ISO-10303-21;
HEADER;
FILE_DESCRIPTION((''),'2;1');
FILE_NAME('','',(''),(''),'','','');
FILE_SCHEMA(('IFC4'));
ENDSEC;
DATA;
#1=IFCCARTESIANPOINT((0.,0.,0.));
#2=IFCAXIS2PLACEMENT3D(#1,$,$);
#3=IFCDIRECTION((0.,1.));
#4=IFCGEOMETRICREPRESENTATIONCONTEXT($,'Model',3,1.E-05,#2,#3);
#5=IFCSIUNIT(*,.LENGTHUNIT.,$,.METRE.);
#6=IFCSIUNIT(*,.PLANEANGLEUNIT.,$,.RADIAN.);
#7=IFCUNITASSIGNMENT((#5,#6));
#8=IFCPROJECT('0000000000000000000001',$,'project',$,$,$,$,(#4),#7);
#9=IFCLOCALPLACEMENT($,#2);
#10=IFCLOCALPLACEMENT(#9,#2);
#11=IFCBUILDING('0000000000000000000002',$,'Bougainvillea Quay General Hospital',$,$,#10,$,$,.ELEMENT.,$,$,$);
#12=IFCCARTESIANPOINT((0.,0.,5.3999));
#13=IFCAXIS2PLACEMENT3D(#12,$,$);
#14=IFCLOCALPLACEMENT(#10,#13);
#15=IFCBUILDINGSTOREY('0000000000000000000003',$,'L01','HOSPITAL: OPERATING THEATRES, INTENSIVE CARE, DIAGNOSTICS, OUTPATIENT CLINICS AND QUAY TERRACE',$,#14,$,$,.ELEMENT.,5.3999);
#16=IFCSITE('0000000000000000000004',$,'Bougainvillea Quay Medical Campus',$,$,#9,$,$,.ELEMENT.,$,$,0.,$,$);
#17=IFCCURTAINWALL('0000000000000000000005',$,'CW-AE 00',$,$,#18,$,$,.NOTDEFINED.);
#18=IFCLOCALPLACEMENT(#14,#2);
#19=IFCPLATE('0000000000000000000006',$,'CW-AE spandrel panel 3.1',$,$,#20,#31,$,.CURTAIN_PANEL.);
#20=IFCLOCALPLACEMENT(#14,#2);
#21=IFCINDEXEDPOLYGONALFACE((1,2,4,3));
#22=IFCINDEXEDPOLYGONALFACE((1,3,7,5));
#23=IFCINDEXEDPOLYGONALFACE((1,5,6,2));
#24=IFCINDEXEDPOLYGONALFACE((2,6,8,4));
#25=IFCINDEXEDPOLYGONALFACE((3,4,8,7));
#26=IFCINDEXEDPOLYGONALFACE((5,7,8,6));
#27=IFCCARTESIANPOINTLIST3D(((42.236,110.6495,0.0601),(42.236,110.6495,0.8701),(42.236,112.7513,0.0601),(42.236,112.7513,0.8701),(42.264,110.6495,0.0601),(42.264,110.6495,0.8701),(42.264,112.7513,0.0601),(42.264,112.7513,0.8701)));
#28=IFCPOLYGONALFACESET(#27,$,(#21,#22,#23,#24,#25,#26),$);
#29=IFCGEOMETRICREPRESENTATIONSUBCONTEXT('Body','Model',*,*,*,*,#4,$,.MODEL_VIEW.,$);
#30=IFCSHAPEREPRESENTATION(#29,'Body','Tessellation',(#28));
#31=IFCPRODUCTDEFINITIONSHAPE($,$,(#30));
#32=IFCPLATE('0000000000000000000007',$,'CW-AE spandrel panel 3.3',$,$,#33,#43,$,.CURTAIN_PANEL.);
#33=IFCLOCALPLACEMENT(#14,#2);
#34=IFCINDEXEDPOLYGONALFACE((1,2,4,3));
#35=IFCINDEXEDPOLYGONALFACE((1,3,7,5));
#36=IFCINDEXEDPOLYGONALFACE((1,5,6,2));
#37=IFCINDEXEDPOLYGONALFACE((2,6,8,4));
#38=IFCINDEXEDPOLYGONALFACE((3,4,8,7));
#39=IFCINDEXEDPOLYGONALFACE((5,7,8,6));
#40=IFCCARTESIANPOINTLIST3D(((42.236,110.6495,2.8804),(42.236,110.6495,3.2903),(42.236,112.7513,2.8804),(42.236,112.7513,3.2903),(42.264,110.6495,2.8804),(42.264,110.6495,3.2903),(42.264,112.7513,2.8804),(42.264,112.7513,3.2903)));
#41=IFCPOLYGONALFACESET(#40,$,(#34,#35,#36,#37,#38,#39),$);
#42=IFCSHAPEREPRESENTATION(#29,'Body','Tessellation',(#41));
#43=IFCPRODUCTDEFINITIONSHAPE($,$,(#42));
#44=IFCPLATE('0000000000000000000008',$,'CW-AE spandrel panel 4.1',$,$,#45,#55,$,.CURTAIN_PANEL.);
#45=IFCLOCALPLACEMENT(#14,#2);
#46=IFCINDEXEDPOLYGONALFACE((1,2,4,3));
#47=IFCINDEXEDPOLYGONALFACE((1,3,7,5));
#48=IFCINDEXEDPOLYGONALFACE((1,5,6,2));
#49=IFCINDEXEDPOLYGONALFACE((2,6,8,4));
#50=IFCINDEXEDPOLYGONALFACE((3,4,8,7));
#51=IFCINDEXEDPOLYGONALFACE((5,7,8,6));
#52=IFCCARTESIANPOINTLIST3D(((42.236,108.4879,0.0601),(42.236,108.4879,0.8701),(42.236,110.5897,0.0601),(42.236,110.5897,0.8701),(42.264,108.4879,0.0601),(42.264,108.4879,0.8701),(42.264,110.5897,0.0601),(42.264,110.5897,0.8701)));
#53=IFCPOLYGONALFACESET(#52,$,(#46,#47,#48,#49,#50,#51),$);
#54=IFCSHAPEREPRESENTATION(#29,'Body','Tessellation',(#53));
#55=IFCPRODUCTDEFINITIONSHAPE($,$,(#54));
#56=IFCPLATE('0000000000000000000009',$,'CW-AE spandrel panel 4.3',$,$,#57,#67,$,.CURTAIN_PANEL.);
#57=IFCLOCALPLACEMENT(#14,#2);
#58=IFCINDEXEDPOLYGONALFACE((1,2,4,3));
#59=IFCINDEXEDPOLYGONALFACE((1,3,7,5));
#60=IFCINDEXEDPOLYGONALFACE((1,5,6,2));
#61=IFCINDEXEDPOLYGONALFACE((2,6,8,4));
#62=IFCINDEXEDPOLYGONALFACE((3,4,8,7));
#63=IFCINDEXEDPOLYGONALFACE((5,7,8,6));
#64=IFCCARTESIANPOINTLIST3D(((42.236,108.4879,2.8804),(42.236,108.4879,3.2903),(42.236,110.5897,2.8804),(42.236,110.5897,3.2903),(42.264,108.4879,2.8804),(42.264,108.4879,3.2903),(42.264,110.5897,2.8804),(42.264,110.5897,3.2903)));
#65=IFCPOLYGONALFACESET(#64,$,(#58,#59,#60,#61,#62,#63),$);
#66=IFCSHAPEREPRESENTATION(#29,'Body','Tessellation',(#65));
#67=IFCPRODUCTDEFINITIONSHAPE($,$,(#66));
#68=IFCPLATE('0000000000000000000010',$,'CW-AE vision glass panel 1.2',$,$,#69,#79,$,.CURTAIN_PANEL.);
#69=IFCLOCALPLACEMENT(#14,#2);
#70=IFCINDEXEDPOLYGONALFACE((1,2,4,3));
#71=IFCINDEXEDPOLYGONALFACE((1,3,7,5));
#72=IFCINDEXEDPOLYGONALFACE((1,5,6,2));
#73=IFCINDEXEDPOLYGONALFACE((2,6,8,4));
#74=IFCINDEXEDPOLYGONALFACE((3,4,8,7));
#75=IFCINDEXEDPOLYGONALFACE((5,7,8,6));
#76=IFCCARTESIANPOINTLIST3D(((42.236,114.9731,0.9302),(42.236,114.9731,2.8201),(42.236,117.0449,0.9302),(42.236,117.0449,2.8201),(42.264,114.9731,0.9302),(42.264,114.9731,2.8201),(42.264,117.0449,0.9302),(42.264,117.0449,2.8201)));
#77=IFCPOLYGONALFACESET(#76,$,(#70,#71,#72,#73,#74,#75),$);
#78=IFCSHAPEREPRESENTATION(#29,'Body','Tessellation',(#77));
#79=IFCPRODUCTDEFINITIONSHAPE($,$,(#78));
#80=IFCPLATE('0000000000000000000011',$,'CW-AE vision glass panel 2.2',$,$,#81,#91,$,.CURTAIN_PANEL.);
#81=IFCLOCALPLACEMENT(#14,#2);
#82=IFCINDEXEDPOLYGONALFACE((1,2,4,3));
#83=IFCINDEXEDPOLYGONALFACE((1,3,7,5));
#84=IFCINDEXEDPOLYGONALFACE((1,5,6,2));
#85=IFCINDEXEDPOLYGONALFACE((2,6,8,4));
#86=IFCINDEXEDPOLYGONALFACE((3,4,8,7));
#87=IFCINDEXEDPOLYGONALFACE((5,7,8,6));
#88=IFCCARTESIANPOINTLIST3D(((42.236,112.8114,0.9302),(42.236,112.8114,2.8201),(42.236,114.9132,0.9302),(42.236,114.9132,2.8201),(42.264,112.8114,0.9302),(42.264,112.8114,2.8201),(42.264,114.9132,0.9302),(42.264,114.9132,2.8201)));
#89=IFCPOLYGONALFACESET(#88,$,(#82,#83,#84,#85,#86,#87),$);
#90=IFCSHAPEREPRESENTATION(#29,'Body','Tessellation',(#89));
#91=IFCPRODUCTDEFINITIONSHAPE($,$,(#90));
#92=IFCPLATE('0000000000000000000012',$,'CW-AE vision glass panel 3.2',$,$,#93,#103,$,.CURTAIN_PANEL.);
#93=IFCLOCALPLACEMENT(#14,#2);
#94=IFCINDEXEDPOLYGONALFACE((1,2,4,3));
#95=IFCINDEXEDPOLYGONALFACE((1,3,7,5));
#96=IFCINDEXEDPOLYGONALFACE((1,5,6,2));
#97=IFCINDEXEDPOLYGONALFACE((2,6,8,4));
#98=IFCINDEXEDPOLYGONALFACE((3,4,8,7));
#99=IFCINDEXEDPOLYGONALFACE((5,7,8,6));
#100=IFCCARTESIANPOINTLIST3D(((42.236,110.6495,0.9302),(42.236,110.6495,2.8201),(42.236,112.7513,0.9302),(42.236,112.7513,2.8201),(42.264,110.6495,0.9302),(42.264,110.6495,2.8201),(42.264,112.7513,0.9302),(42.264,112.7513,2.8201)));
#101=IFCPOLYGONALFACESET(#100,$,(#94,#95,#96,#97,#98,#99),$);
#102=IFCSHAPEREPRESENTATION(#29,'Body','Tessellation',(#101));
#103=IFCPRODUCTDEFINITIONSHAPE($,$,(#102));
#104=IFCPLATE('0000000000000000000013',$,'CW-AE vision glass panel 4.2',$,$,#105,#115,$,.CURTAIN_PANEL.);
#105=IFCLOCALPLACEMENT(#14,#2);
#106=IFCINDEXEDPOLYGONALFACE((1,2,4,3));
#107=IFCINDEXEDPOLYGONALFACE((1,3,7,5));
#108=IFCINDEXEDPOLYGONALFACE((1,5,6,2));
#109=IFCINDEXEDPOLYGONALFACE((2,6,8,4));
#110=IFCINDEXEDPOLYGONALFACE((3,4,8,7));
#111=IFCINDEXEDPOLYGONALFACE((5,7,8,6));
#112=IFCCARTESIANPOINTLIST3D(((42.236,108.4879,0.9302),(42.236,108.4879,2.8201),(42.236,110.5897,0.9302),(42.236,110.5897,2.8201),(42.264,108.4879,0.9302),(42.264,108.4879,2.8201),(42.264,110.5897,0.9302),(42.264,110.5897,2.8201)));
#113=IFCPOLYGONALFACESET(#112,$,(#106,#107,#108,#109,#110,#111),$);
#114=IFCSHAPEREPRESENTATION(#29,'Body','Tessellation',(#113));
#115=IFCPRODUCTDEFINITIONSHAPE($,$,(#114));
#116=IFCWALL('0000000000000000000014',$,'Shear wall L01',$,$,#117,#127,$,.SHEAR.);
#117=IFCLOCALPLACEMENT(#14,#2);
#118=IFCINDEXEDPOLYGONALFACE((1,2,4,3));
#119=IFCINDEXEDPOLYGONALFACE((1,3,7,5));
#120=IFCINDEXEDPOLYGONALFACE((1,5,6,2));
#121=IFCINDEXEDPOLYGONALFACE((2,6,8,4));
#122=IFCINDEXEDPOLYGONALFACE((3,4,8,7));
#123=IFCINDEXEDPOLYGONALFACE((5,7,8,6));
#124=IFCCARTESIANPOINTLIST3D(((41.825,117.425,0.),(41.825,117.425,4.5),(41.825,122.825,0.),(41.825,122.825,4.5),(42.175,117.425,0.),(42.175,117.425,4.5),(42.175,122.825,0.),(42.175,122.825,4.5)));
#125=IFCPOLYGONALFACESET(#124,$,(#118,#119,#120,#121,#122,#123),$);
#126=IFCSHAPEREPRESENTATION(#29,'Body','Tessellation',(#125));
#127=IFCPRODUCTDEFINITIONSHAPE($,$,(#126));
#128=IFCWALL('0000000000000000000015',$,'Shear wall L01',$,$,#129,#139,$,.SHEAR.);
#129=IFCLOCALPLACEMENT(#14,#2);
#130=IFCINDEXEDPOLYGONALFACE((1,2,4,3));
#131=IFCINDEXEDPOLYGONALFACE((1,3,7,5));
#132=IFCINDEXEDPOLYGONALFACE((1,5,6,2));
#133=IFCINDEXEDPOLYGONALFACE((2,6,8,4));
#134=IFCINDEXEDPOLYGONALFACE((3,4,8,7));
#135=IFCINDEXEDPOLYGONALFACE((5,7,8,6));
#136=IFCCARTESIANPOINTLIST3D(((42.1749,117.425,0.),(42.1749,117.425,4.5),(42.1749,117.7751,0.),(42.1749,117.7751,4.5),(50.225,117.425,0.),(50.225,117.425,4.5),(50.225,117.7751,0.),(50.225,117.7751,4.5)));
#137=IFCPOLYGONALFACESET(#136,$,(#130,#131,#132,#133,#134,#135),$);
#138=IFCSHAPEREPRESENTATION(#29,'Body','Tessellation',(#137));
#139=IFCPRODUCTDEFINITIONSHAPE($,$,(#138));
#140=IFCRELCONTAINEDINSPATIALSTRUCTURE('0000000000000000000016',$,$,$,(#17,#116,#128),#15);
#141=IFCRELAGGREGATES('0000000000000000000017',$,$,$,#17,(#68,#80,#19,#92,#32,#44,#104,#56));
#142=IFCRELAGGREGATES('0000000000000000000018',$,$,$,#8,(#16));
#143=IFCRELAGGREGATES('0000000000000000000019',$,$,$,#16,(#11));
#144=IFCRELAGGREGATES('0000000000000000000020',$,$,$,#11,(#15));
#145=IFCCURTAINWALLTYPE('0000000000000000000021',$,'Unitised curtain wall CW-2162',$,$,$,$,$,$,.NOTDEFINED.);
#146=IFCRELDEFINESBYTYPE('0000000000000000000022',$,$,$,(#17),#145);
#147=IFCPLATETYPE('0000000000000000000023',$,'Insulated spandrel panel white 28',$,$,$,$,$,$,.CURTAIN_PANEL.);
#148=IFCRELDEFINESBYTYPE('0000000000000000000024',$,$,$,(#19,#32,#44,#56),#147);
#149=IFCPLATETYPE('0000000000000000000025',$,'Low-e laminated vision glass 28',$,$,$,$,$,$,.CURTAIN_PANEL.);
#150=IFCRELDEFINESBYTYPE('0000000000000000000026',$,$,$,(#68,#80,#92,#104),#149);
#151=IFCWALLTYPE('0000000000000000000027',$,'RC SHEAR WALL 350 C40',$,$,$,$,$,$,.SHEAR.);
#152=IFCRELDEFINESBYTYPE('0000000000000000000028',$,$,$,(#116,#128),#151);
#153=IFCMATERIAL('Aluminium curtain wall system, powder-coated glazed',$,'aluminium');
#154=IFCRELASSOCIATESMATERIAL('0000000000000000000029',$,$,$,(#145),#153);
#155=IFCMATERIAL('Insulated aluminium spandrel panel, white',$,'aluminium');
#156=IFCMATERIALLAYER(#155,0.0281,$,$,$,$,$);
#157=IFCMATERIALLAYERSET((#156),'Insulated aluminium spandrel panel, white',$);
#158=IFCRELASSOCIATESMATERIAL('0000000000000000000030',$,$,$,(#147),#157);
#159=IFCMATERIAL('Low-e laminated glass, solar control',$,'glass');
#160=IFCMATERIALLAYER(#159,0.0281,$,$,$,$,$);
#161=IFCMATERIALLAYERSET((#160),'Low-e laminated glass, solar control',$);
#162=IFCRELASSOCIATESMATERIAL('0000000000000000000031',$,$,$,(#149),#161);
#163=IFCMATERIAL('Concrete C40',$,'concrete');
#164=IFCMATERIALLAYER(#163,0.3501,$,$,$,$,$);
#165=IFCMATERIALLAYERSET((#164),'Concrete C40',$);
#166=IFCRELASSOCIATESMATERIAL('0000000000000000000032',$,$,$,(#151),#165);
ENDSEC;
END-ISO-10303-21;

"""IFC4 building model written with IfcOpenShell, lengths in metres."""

from ifc_helpers import new_model, si_unit, direction, frame, frame_2d, origin, origin_2d, place, context, subcontext, project, spatial, rectangle, extrude, material, layer, layer_set, type_object, element, aggregate, save


model = new_model("IFC4")

# Units and contexts
model_context = context("Model", 3, precision=1e-05, world=origin(), true_north=direction((0.0, 1.0)))
body_context = subcontext(model_context, "Body", "Model", "MODEL_VIEW")
ifc_project = project(units=[si_unit("LENGTHUNIT", "METRE"), si_unit("PLANEANGLEUNIT", "RADIAN")], contexts=[model_context])

# Site, building, storey
site_placement = place(None, origin())
site = spatial("IfcSite", under=ifc_project, at=site_placement, Name="Bougainvillea Quay Medical Campus", CompositionType="ELEMENT", RefElevation=0.0)
building_placement = place(site_placement, origin())
building = spatial("IfcBuilding", under=site, at=building_placement, Name="Bougainvillea Quay General Hospital", CompositionType="ELEMENT")
storey_placement = place(building_placement, frame((0.0, 0.0, 5.3999)))
storey = spatial("IfcBuildingStorey", under=building, at=storey_placement, Name="L01", Description="HOSPITAL: OPERATING THEATRES, INTENSIVE CARE, DIAGNOSTICS, OUTPATIENT CLINICS AND QUAY TERRACE", CompositionType="ELEMENT", Elevation=5.3999)

# Curtain wall, plates
ifc_material_1 = material(Name="Aluminium curtain wall system, powder-coated glazed", Category="aluminium")
curtain_wall_type = type_object("IfcCurtainWallType", Name="Unitised curtain wall CW-2162", PredefinedType="NOTDEFINED", material=ifc_material_1)
curtain_wall_placement = place(storey_placement, origin())
curtain_wall = element("IfcCurtainWall", 1, at=curtain_wall_placement, inside=storey, type_object=curtain_wall_type, Name="CW-AE 00", PredefinedType="NOTDEFINED")
ifc_material_2 = material(Name="Insulated aluminium spandrel panel, white", Category="aluminium")
ifc_layer_1 = layer(ifc_material_2, 0.0281)
ifc_layer_set_1 = layer_set([ifc_layer_1], Name="Insulated aluminium spandrel panel, white")
plate_type_1 = type_object("IfcPlateType", Name="Insulated spandrel panel white 28", PredefinedType="CURTAIN_PANEL", material=ifc_layer_set_1)
plate_1_placement = place(storey_placement, frame((42.25, 111.7004, 0.0601), z_axis=(0.0, 0.0, 1.0), x_axis=(0.0, -1.0, 0.0)))
plate_1 = element("IfcPlate", 2, at=plate_1_placement, type_object=plate_type_1, Name="CW-AE spandrel panel 3.1", PredefinedType="CURTAIN_PANEL", context=body_context, shape_type="SweptSolid", body=[
    extrude(rectangle(XDim=2.1018, YDim=0.0281, at=origin_2d()), origin(), (0.0, 0.0, 1.0), 0.8101),
])
plate_2_placement = place(storey_placement, frame((42.25, 111.7004, 2.8804), z_axis=(0.0, 0.0, 1.0), x_axis=(0.0, -1.0, 0.0)))
plate_2 = element("IfcPlate", 3, at=plate_2_placement, type_object=plate_type_1, Name="CW-AE spandrel panel 3.3", PredefinedType="CURTAIN_PANEL", context=body_context, shape_type="SweptSolid", body=[
    extrude(rectangle(XDim=2.1018, YDim=0.0281, at=origin_2d()), origin(), (0.0, 0.0, 1.0), 0.4099),
])
plate_3_placement = place(storey_placement, frame((42.25, 109.5388, 0.0601), z_axis=(0.0, 0.0, 1.0), x_axis=(0.0, -1.0, 0.0)))
plate_3 = element("IfcPlate", 4, at=plate_3_placement, type_object=plate_type_1, Name="CW-AE spandrel panel 4.1", PredefinedType="CURTAIN_PANEL", context=body_context, shape_type="SweptSolid", body=[
    extrude(rectangle(XDim=2.1018, YDim=0.0281, at=origin_2d()), origin(), (0.0, 0.0, 1.0), 0.8101),
])
plate_4_placement = place(storey_placement, frame((42.25, 109.5388, 2.8804), z_axis=(0.0, 0.0, 1.0), x_axis=(0.0, -1.0, 0.0)))
plate_4 = element("IfcPlate", 5, at=plate_4_placement, type_object=plate_type_1, Name="CW-AE spandrel panel 4.3", PredefinedType="CURTAIN_PANEL", context=body_context, shape_type="SweptSolid", body=[
    extrude(rectangle(XDim=2.1018, YDim=0.0281, at=origin_2d()), origin(), (0.0, 0.0, 1.0), 0.4099),
])
ifc_material_3 = material(Name="Low-e laminated glass, solar control", Category="glass")
ifc_layer_2 = layer(ifc_material_3, 0.0281)
ifc_layer_set_2 = layer_set([ifc_layer_2], Name="Low-e laminated glass, solar control")
plate_type_2 = type_object("IfcPlateType", Name="Low-e laminated vision glass 28", PredefinedType="CURTAIN_PANEL", material=ifc_layer_set_2)
plate_5_placement = place(storey_placement, frame((42.25, 116.009, 0.9302), z_axis=(0.0, 0.0, 1.0), x_axis=(0.0, -1.0, 0.0)))
plate_5 = element("IfcPlate", 6, at=plate_5_placement, type_object=plate_type_2, Name="CW-AE vision glass panel 1.2", PredefinedType="CURTAIN_PANEL", context=body_context, shape_type="SweptSolid", body=[
    extrude(rectangle(XDim=2.0718, YDim=0.0281, at=origin_2d()), origin(), (0.0, 0.0, 1.0), 1.8899),
])
plate_6_placement = place(storey_placement, frame((42.25, 113.8623, 0.9302), z_axis=(0.0, 0.0, 1.0), x_axis=(0.0, -1.0, 0.0)))
plate_6 = element("IfcPlate", 7, at=plate_6_placement, type_object=plate_type_2, Name="CW-AE vision glass panel 2.2", PredefinedType="CURTAIN_PANEL", context=body_context, shape_type="SweptSolid", body=[
    extrude(rectangle(XDim=2.1018, YDim=0.0281, at=origin_2d()), origin(), (0.0, 0.0, 1.0), 1.8899),
])
plate_7_placement = place(storey_placement, frame((42.25, 111.7004, 0.9302), z_axis=(0.0, 0.0, 1.0), x_axis=(0.0, -1.0, 0.0)))
plate_7 = element("IfcPlate", 8, at=plate_7_placement, type_object=plate_type_2, Name="CW-AE vision glass panel 3.2", PredefinedType="CURTAIN_PANEL", context=body_context, shape_type="SweptSolid", body=[
    extrude(rectangle(XDim=2.1018, YDim=0.0281, at=origin_2d()), origin(), (0.0, 0.0, 1.0), 1.8899),
])
plate_8_placement = place(storey_placement, frame((42.25, 109.5388, 0.9302), z_axis=(0.0, 0.0, 1.0), x_axis=(0.0, -1.0, 0.0)))
plate_8 = element("IfcPlate", 9, at=plate_8_placement, type_object=plate_type_2, Name="CW-AE vision glass panel 4.2", PredefinedType="CURTAIN_PANEL", context=body_context, shape_type="SweptSolid", body=[
    extrude(rectangle(XDim=2.1018, YDim=0.0281, at=origin_2d()), origin(), (0.0, 0.0, 1.0), 1.8899),
])
aggregate(curtain_wall, [plate_5, plate_6, plate_1, plate_7, plate_2, plate_3, plate_8, plate_4])

# Walls
ifc_material_4 = material(Name="Concrete C40", Category="concrete")
ifc_layer_3 = layer(ifc_material_4, 0.3501)
ifc_layer_set_3 = layer_set([ifc_layer_3], Name="Concrete C40")
wall_type = type_object("IfcWallType", Name="RC SHEAR WALL 350 C40", PredefinedType="SHEAR", material=ifc_layer_set_3)
wall_1_placement = place(storey_placement, frame((42.0, 117.425, 0.0), z_axis=(0.0, 0.0, 1.0), x_axis=(0.0, 1.0, 0.0)))
element("IfcWall", 10, at=wall_1_placement, inside=storey, type_object=wall_type, Name="Shear wall L01", PredefinedType="SHEAR", context=body_context, shape_type="SweptSolid", body=[
    extrude(rectangle(XDim=5.3999, YDim=0.3501, at=frame_2d((2.7, 0.0))), origin(), (0.0, 0.0, 1.0), 4.5),
])
wall_2_placement = place(storey_placement, frame((42.175, 117.6001, 0.0), z_axis=(0.0, 0.0, 1.0), x_axis=(1.0, 0.0, 0.0)))
element("IfcWall", 11, at=wall_2_placement, inside=storey, type_object=wall_type, Name="Shear wall L01", PredefinedType="SHEAR", context=body_context, shape_type="SweptSolid", body=[
    extrude(rectangle(XDim=8.05, YDim=0.3501, at=frame_2d((4.0249, 0.0))), origin(), (0.0, 0.0, 1.0), 4.5),
])

save(model, "model.ifc")
